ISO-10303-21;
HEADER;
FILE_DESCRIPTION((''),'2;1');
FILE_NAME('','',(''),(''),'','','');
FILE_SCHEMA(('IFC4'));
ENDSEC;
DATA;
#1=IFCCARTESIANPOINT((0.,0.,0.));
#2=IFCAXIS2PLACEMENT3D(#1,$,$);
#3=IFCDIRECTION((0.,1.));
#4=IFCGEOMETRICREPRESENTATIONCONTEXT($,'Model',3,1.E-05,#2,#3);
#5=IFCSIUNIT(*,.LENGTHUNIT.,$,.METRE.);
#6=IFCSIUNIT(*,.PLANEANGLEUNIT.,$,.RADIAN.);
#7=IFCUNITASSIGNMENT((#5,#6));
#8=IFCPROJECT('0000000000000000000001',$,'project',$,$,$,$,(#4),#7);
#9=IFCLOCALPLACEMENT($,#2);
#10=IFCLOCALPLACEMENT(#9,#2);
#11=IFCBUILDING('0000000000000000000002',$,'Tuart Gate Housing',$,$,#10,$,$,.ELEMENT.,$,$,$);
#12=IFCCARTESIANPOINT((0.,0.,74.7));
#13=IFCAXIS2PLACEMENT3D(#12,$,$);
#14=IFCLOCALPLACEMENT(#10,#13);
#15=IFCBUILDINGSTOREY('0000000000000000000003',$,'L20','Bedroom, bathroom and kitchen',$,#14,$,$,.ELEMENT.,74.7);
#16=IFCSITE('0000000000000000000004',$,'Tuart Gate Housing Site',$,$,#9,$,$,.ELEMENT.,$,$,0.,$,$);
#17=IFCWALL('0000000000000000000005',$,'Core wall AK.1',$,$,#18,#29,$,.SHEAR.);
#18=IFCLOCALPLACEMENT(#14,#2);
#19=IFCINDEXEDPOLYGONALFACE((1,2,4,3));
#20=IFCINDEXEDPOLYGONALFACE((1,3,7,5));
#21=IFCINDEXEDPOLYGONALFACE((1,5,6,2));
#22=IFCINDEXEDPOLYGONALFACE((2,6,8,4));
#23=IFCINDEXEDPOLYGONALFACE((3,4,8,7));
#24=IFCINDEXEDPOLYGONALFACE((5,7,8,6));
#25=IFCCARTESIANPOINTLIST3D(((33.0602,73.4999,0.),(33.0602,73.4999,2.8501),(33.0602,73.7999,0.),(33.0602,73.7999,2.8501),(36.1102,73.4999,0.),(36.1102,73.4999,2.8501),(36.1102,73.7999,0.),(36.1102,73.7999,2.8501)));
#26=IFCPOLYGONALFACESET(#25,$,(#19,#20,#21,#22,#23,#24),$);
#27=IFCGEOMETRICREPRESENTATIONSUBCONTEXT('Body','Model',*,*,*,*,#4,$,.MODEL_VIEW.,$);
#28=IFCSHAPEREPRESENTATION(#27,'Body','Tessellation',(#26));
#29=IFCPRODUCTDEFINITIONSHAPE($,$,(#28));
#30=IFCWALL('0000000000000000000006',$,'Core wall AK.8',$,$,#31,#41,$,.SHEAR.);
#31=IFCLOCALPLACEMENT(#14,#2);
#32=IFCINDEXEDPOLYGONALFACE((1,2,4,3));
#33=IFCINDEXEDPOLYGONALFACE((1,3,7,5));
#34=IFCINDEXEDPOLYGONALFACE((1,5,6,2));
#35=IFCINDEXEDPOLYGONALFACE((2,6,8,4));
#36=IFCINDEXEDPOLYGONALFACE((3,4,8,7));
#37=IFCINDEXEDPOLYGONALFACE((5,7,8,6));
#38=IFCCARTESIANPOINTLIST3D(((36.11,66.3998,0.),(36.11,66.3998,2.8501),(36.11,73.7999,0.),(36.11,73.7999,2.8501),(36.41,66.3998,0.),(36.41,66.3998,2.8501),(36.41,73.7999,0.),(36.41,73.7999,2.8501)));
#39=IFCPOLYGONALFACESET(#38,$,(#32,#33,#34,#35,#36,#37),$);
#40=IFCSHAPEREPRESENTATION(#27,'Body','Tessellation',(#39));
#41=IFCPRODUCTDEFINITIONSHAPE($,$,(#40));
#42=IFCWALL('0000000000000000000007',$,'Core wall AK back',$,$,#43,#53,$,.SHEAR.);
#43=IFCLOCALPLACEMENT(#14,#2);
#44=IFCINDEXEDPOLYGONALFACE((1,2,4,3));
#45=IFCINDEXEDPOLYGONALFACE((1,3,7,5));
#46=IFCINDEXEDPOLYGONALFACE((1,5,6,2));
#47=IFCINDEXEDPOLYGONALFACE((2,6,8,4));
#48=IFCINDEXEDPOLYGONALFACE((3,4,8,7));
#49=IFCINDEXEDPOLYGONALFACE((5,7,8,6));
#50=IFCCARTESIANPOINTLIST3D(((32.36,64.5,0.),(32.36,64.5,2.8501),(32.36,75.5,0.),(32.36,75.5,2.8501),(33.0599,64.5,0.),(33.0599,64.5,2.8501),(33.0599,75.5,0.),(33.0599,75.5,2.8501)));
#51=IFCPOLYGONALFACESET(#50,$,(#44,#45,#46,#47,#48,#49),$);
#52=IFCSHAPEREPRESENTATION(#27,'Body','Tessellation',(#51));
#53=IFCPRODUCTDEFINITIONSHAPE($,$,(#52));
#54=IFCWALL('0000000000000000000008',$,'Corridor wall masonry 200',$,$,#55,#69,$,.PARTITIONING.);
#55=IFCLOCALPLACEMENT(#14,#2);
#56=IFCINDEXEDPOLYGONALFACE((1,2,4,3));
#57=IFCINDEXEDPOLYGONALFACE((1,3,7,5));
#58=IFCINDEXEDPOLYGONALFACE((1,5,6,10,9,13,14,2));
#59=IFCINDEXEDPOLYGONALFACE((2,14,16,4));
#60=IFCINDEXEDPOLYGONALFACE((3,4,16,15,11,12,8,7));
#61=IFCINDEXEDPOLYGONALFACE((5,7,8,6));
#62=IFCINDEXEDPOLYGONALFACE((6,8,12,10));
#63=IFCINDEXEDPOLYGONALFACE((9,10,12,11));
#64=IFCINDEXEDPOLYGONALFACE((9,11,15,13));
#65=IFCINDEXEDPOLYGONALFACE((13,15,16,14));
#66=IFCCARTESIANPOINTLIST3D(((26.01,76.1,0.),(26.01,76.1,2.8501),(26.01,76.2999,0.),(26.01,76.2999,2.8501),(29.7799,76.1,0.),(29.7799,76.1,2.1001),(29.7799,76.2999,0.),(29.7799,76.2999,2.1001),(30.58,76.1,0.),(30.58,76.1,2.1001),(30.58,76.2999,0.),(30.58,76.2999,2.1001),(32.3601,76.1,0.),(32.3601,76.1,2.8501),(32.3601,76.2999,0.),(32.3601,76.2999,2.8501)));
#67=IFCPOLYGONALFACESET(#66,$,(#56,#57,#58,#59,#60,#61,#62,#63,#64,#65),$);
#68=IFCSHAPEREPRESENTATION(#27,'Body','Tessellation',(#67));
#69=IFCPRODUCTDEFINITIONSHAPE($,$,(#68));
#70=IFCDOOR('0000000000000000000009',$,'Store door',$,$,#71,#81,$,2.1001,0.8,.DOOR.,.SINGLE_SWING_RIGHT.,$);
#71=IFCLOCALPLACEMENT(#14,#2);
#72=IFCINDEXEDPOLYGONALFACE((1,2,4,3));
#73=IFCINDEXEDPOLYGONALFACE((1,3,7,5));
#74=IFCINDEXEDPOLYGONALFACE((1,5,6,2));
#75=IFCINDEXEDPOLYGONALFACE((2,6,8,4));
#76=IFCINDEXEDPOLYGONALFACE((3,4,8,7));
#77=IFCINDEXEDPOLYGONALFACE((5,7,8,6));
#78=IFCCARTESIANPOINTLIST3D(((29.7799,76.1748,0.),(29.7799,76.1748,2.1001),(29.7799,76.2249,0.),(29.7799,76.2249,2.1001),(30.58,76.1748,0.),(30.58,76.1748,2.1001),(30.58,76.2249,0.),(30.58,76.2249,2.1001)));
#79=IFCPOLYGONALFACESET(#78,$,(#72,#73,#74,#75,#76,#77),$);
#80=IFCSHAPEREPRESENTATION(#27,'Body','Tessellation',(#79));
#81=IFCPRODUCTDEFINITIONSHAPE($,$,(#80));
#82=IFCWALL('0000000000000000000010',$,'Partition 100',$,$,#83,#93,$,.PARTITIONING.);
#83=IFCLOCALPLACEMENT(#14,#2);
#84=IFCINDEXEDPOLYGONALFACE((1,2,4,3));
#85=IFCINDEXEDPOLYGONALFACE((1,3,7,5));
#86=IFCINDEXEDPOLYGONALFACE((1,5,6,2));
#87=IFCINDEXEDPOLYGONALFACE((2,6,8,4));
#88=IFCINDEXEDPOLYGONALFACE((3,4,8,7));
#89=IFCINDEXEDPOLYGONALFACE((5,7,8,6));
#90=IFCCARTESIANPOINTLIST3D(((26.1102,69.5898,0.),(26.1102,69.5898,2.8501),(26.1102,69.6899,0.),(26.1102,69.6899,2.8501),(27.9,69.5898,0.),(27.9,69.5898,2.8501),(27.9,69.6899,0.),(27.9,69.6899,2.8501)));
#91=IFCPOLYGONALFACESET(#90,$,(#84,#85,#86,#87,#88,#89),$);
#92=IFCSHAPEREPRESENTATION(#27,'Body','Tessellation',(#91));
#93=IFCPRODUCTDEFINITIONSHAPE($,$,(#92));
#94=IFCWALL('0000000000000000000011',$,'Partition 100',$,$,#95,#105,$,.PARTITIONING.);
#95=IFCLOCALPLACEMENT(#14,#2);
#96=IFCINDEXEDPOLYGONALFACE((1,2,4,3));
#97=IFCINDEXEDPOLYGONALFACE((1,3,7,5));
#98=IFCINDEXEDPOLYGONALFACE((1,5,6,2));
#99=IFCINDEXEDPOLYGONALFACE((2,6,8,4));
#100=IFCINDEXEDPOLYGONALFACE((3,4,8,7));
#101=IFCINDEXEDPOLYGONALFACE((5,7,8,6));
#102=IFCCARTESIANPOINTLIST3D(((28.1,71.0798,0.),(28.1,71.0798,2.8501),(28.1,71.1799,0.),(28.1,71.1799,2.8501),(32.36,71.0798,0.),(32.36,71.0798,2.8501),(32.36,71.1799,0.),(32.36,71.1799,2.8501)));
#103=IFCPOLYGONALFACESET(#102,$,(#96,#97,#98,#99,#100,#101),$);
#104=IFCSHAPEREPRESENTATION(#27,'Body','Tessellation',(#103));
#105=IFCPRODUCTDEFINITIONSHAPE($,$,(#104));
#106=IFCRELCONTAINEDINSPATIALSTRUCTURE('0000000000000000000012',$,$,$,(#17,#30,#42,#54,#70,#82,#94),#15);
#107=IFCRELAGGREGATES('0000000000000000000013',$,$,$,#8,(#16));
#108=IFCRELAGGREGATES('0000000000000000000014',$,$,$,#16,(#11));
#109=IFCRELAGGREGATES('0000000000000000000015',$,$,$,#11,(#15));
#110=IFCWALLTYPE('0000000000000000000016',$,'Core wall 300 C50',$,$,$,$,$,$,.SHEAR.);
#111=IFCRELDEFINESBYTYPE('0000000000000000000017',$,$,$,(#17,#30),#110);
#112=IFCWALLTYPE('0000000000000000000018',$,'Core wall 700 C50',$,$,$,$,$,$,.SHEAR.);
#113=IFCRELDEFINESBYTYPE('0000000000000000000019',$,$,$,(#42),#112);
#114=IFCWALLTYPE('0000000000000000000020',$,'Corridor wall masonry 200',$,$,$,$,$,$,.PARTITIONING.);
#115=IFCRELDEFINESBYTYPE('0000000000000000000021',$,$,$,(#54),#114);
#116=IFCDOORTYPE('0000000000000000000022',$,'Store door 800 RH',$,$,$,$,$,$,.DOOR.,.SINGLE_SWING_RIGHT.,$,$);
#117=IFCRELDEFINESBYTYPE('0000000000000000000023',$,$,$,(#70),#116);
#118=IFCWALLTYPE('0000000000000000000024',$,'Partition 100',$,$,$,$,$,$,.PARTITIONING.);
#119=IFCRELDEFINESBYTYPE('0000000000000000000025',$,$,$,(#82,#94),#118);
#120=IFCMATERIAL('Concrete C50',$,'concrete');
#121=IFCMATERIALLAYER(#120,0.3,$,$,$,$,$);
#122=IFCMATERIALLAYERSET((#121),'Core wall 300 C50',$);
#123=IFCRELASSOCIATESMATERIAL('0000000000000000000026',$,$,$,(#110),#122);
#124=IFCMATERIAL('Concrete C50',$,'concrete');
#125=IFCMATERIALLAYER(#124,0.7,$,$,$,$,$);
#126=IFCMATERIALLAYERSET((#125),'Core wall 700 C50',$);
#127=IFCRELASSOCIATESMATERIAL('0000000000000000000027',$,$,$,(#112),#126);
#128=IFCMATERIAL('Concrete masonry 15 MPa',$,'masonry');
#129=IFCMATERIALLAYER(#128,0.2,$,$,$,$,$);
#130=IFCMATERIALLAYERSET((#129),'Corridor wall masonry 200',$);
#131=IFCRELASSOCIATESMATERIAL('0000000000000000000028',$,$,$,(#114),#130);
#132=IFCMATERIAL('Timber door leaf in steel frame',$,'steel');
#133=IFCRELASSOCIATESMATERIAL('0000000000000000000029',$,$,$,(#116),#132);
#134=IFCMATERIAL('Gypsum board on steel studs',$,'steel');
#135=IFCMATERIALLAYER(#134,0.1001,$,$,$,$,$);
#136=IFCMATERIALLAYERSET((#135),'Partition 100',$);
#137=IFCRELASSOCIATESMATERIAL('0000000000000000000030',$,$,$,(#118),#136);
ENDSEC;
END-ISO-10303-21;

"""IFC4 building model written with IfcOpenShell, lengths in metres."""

from ifc_helpers import new_model, si_unit, direction, frame, frame_2d, origin, place, context, subcontext, project, spatial, rectangle, extrude, material, layer, layer_set, type_object, element, fill, save


model = new_model("IFC4")

# Units and contexts
model_context = context("Model", 3, precision=1e-05, world=origin(), true_north=direction((0.0, 1.0)))
body_context = subcontext(model_context, "Body", "Model", "MODEL_VIEW")
ifc_project = project(units=[si_unit("LENGTHUNIT", "METRE"), si_unit("PLANEANGLEUNIT", "RADIAN")], contexts=[model_context])

# Site, building, storey
site_placement = place(None, origin())
site = spatial("IfcSite", under=ifc_project, at=site_placement, Name="Tuart Gate Housing Site", CompositionType="ELEMENT", RefElevation=0.0)
building_placement = place(site_placement, origin())
building = spatial("IfcBuilding", under=site, at=building_placement, Name="Tuart Gate Housing", CompositionType="ELEMENT")
storey_placement = place(building_placement, frame((0.0, 0.0, 74.7)))
storey = spatial("IfcBuildingStorey", under=building, at=storey_placement, Name="L20", Description="Bedroom, bathroom and kitchen", CompositionType="ELEMENT", Elevation=74.7)

# Walls
ifc_material_1 = material(Name="Concrete C50", Category="concrete")
ifc_layer_1 = layer(ifc_material_1, 0.3)
ifc_layer_set_1 = layer_set([ifc_layer_1], Name="Core wall 300 C50")
wall_type_1 = type_object("IfcWallType", Name="Core wall 300 C50", PredefinedType="SHEAR", material=ifc_layer_set_1)
wall_1_placement = place(storey_placement, frame((36.1101, 73.6499, 0.0), z_axis=(0.0, 0.0, 1.0), x_axis=(-1.0, 0.0, 0.0)))
element("IfcWall", 1, at=wall_1_placement, inside=storey, type_object=wall_type_1, Name="Core wall AK.1", PredefinedType="SHEAR", context=body_context, shape_type="SweptSolid", body=[
    extrude(rectangle(XDim=3.05, YDim=0.3, at=frame_2d((1.5249, 0.0))), origin(), (0.0, 0.0, 1.0), 2.8501),
])
wall_2_placement = place(storey_placement, frame((36.26, 73.8, 0.0), z_axis=(0.0, 0.0, 1.0), x_axis=(0.0, -1.0, 0.0)))
element("IfcWall", 2, at=wall_2_placement, inside=storey, type_object=wall_type_1, Name="Core wall AK.8", PredefinedType="SHEAR", context=body_context, shape_type="SweptSolid", body=[
    extrude(rectangle(XDim=7.4001, YDim=0.3, at=frame_2d((3.7002, 0.0))), origin(), (0.0, 0.0, 1.0), 2.8501),
])
ifc_material_2 = material(Name="Concrete C50", Category="concrete")
ifc_layer_2 = layer(ifc_material_2, 0.7)
ifc_layer_set_2 = layer_set([ifc_layer_2], Name="Core wall 700 C50")
wall_type_2 = type_object("IfcWallType", Name="Core wall 700 C50", PredefinedType="SHEAR", material=ifc_layer_set_2)
wall_3_placement = place(storey_placement, frame((32.71, 75.5, 0.0), z_axis=(0.0, 0.0, 1.0), x_axis=(0.0, -1.0, 0.0)))
element("IfcWall", 3, at=wall_3_placement, inside=storey, type_object=wall_type_2, Name="Core wall AK back", PredefinedType="SHEAR", context=body_context, shape_type="SweptSolid", body=[
    extrude(rectangle(XDim=11.0, YDim=0.7, at=frame_2d((5.5, 0.0))), origin(), (0.0, 0.0, 1.0), 2.8501),
])

# Wall, opening, door
ifc_material_3 = material(Name="Concrete masonry 15 MPa", Category="masonry")
ifc_layer_3 = layer(ifc_material_3, 0.2)
ifc_layer_set_3 = layer_set([ifc_layer_3], Name="Corridor wall masonry 200")
wall_type_3 = type_object("IfcWallType", Name="Corridor wall masonry 200", PredefinedType="PARTITIONING", material=ifc_layer_set_3)
wall_4_placement = place(storey_placement, frame((26.01, 76.2, 0.0), z_axis=(0.0, 0.0, 1.0), x_axis=(1.0, 0.0, 0.0)))
wall_4 = element("IfcWall", 4, at=wall_4_placement, inside=storey, type_object=wall_type_3, Name="Corridor wall masonry 200", PredefinedType="PARTITIONING", context=body_context, shape_type="SweptSolid", body=[
    extrude(rectangle(XDim=6.3501, YDim=0.2, at=frame_2d((3.175, 0.0))), origin(), (0.0, 0.0, 1.0), 2.8501),
])
opening_placement = place(wall_4_placement, frame((3.77, 0.0, 0.0)))
opening = element("IfcOpeningElement", 5, at=opening_placement, cuts=wall_4, PredefinedType="OPENING", context=body_context, shape_type="SweptSolid", body=[
    extrude(rectangle(XDim=0.8, YDim=2.1001, at=frame_2d((0.3999, 1.05))), frame((0.0, 0.1099, 0.0), z_axis=(0.0, -1.0, 0.0), x_axis=(1.0, 0.0, 0.0)), (0.0, 0.0, 1.0), 0.22),
])
ifc_material_4 = material(Name="Timber door leaf in steel frame", Category="steel")
door_type = type_object("IfcDoorType", Name="Store door 800 RH", OperationType="SINGLE_SWING_RIGHT", PredefinedType="DOOR", material=ifc_material_4)
door_placement = place(opening_placement, frame((0.8, 0.0, 0.0), z_axis=(0.0, 0.0, 1.0), x_axis=(-1.0, 0.0, 0.0)))
door = element("IfcDoor", 6, at=door_placement, inside=storey, type_object=door_type, Name="Store door", OperationType="SINGLE_SWING_RIGHT", OverallHeight=2.1001, OverallWidth=0.8, PredefinedType="DOOR", context=body_context, shape_type="SweptSolid", body=[
    extrude(rectangle(XDim=0.8, YDim=2.1001, at=frame_2d((0.4001, 1.05))), frame((0.0, 0.0251, 0.0), z_axis=(0.0, -1.0, 0.0), x_axis=(1.0, 0.0, 0.0)), (0.0, 0.0, 1.0), 0.05),
])
fill(opening, door)

# Walls
ifc_material_5 = material(Name="Gypsum board on steel studs", Category="steel")
ifc_layer_4 = layer(ifc_material_5, 0.1001)
ifc_layer_set_4 = layer_set([ifc_layer_4], Name="Partition 100")
wall_type_4 = type_object("IfcWallType", Name="Partition 100", PredefinedType="PARTITIONING", material=ifc_layer_set_4)
wall_5_placement = place(storey_placement, frame((26.1101, 69.6399, 0.0), z_axis=(0.0, 0.0, 1.0), x_axis=(1.0, 0.0, 0.0)))
element("IfcWall", 7, at=wall_5_placement, inside=storey, type_object=wall_type_4, Name="Partition 100", PredefinedType="PARTITIONING", context=body_context, shape_type="SweptSolid", body=[
    extrude(rectangle(XDim=1.7898, YDim=0.1001, at=frame_2d((0.895, 0.0))), origin(), (0.0, 0.0, 1.0), 2.8501),
])
wall_6_placement = place(storey_placement, frame((28.1001, 71.1299, 0.0), z_axis=(0.0, 0.0, 1.0), x_axis=(1.0, 0.0, 0.0)))
element("IfcWall", 8, at=wall_6_placement, inside=storey, type_object=wall_type_4, Name="Partition 100", PredefinedType="PARTITIONING", context=body_context, shape_type="SweptSolid", body=[
    extrude(rectangle(XDim=4.26, YDim=0.1001, at=frame_2d((2.1299, 0.0))), origin(), (0.0, 0.0, 1.0), 2.8501),
])

save(model, "model.ifc")
